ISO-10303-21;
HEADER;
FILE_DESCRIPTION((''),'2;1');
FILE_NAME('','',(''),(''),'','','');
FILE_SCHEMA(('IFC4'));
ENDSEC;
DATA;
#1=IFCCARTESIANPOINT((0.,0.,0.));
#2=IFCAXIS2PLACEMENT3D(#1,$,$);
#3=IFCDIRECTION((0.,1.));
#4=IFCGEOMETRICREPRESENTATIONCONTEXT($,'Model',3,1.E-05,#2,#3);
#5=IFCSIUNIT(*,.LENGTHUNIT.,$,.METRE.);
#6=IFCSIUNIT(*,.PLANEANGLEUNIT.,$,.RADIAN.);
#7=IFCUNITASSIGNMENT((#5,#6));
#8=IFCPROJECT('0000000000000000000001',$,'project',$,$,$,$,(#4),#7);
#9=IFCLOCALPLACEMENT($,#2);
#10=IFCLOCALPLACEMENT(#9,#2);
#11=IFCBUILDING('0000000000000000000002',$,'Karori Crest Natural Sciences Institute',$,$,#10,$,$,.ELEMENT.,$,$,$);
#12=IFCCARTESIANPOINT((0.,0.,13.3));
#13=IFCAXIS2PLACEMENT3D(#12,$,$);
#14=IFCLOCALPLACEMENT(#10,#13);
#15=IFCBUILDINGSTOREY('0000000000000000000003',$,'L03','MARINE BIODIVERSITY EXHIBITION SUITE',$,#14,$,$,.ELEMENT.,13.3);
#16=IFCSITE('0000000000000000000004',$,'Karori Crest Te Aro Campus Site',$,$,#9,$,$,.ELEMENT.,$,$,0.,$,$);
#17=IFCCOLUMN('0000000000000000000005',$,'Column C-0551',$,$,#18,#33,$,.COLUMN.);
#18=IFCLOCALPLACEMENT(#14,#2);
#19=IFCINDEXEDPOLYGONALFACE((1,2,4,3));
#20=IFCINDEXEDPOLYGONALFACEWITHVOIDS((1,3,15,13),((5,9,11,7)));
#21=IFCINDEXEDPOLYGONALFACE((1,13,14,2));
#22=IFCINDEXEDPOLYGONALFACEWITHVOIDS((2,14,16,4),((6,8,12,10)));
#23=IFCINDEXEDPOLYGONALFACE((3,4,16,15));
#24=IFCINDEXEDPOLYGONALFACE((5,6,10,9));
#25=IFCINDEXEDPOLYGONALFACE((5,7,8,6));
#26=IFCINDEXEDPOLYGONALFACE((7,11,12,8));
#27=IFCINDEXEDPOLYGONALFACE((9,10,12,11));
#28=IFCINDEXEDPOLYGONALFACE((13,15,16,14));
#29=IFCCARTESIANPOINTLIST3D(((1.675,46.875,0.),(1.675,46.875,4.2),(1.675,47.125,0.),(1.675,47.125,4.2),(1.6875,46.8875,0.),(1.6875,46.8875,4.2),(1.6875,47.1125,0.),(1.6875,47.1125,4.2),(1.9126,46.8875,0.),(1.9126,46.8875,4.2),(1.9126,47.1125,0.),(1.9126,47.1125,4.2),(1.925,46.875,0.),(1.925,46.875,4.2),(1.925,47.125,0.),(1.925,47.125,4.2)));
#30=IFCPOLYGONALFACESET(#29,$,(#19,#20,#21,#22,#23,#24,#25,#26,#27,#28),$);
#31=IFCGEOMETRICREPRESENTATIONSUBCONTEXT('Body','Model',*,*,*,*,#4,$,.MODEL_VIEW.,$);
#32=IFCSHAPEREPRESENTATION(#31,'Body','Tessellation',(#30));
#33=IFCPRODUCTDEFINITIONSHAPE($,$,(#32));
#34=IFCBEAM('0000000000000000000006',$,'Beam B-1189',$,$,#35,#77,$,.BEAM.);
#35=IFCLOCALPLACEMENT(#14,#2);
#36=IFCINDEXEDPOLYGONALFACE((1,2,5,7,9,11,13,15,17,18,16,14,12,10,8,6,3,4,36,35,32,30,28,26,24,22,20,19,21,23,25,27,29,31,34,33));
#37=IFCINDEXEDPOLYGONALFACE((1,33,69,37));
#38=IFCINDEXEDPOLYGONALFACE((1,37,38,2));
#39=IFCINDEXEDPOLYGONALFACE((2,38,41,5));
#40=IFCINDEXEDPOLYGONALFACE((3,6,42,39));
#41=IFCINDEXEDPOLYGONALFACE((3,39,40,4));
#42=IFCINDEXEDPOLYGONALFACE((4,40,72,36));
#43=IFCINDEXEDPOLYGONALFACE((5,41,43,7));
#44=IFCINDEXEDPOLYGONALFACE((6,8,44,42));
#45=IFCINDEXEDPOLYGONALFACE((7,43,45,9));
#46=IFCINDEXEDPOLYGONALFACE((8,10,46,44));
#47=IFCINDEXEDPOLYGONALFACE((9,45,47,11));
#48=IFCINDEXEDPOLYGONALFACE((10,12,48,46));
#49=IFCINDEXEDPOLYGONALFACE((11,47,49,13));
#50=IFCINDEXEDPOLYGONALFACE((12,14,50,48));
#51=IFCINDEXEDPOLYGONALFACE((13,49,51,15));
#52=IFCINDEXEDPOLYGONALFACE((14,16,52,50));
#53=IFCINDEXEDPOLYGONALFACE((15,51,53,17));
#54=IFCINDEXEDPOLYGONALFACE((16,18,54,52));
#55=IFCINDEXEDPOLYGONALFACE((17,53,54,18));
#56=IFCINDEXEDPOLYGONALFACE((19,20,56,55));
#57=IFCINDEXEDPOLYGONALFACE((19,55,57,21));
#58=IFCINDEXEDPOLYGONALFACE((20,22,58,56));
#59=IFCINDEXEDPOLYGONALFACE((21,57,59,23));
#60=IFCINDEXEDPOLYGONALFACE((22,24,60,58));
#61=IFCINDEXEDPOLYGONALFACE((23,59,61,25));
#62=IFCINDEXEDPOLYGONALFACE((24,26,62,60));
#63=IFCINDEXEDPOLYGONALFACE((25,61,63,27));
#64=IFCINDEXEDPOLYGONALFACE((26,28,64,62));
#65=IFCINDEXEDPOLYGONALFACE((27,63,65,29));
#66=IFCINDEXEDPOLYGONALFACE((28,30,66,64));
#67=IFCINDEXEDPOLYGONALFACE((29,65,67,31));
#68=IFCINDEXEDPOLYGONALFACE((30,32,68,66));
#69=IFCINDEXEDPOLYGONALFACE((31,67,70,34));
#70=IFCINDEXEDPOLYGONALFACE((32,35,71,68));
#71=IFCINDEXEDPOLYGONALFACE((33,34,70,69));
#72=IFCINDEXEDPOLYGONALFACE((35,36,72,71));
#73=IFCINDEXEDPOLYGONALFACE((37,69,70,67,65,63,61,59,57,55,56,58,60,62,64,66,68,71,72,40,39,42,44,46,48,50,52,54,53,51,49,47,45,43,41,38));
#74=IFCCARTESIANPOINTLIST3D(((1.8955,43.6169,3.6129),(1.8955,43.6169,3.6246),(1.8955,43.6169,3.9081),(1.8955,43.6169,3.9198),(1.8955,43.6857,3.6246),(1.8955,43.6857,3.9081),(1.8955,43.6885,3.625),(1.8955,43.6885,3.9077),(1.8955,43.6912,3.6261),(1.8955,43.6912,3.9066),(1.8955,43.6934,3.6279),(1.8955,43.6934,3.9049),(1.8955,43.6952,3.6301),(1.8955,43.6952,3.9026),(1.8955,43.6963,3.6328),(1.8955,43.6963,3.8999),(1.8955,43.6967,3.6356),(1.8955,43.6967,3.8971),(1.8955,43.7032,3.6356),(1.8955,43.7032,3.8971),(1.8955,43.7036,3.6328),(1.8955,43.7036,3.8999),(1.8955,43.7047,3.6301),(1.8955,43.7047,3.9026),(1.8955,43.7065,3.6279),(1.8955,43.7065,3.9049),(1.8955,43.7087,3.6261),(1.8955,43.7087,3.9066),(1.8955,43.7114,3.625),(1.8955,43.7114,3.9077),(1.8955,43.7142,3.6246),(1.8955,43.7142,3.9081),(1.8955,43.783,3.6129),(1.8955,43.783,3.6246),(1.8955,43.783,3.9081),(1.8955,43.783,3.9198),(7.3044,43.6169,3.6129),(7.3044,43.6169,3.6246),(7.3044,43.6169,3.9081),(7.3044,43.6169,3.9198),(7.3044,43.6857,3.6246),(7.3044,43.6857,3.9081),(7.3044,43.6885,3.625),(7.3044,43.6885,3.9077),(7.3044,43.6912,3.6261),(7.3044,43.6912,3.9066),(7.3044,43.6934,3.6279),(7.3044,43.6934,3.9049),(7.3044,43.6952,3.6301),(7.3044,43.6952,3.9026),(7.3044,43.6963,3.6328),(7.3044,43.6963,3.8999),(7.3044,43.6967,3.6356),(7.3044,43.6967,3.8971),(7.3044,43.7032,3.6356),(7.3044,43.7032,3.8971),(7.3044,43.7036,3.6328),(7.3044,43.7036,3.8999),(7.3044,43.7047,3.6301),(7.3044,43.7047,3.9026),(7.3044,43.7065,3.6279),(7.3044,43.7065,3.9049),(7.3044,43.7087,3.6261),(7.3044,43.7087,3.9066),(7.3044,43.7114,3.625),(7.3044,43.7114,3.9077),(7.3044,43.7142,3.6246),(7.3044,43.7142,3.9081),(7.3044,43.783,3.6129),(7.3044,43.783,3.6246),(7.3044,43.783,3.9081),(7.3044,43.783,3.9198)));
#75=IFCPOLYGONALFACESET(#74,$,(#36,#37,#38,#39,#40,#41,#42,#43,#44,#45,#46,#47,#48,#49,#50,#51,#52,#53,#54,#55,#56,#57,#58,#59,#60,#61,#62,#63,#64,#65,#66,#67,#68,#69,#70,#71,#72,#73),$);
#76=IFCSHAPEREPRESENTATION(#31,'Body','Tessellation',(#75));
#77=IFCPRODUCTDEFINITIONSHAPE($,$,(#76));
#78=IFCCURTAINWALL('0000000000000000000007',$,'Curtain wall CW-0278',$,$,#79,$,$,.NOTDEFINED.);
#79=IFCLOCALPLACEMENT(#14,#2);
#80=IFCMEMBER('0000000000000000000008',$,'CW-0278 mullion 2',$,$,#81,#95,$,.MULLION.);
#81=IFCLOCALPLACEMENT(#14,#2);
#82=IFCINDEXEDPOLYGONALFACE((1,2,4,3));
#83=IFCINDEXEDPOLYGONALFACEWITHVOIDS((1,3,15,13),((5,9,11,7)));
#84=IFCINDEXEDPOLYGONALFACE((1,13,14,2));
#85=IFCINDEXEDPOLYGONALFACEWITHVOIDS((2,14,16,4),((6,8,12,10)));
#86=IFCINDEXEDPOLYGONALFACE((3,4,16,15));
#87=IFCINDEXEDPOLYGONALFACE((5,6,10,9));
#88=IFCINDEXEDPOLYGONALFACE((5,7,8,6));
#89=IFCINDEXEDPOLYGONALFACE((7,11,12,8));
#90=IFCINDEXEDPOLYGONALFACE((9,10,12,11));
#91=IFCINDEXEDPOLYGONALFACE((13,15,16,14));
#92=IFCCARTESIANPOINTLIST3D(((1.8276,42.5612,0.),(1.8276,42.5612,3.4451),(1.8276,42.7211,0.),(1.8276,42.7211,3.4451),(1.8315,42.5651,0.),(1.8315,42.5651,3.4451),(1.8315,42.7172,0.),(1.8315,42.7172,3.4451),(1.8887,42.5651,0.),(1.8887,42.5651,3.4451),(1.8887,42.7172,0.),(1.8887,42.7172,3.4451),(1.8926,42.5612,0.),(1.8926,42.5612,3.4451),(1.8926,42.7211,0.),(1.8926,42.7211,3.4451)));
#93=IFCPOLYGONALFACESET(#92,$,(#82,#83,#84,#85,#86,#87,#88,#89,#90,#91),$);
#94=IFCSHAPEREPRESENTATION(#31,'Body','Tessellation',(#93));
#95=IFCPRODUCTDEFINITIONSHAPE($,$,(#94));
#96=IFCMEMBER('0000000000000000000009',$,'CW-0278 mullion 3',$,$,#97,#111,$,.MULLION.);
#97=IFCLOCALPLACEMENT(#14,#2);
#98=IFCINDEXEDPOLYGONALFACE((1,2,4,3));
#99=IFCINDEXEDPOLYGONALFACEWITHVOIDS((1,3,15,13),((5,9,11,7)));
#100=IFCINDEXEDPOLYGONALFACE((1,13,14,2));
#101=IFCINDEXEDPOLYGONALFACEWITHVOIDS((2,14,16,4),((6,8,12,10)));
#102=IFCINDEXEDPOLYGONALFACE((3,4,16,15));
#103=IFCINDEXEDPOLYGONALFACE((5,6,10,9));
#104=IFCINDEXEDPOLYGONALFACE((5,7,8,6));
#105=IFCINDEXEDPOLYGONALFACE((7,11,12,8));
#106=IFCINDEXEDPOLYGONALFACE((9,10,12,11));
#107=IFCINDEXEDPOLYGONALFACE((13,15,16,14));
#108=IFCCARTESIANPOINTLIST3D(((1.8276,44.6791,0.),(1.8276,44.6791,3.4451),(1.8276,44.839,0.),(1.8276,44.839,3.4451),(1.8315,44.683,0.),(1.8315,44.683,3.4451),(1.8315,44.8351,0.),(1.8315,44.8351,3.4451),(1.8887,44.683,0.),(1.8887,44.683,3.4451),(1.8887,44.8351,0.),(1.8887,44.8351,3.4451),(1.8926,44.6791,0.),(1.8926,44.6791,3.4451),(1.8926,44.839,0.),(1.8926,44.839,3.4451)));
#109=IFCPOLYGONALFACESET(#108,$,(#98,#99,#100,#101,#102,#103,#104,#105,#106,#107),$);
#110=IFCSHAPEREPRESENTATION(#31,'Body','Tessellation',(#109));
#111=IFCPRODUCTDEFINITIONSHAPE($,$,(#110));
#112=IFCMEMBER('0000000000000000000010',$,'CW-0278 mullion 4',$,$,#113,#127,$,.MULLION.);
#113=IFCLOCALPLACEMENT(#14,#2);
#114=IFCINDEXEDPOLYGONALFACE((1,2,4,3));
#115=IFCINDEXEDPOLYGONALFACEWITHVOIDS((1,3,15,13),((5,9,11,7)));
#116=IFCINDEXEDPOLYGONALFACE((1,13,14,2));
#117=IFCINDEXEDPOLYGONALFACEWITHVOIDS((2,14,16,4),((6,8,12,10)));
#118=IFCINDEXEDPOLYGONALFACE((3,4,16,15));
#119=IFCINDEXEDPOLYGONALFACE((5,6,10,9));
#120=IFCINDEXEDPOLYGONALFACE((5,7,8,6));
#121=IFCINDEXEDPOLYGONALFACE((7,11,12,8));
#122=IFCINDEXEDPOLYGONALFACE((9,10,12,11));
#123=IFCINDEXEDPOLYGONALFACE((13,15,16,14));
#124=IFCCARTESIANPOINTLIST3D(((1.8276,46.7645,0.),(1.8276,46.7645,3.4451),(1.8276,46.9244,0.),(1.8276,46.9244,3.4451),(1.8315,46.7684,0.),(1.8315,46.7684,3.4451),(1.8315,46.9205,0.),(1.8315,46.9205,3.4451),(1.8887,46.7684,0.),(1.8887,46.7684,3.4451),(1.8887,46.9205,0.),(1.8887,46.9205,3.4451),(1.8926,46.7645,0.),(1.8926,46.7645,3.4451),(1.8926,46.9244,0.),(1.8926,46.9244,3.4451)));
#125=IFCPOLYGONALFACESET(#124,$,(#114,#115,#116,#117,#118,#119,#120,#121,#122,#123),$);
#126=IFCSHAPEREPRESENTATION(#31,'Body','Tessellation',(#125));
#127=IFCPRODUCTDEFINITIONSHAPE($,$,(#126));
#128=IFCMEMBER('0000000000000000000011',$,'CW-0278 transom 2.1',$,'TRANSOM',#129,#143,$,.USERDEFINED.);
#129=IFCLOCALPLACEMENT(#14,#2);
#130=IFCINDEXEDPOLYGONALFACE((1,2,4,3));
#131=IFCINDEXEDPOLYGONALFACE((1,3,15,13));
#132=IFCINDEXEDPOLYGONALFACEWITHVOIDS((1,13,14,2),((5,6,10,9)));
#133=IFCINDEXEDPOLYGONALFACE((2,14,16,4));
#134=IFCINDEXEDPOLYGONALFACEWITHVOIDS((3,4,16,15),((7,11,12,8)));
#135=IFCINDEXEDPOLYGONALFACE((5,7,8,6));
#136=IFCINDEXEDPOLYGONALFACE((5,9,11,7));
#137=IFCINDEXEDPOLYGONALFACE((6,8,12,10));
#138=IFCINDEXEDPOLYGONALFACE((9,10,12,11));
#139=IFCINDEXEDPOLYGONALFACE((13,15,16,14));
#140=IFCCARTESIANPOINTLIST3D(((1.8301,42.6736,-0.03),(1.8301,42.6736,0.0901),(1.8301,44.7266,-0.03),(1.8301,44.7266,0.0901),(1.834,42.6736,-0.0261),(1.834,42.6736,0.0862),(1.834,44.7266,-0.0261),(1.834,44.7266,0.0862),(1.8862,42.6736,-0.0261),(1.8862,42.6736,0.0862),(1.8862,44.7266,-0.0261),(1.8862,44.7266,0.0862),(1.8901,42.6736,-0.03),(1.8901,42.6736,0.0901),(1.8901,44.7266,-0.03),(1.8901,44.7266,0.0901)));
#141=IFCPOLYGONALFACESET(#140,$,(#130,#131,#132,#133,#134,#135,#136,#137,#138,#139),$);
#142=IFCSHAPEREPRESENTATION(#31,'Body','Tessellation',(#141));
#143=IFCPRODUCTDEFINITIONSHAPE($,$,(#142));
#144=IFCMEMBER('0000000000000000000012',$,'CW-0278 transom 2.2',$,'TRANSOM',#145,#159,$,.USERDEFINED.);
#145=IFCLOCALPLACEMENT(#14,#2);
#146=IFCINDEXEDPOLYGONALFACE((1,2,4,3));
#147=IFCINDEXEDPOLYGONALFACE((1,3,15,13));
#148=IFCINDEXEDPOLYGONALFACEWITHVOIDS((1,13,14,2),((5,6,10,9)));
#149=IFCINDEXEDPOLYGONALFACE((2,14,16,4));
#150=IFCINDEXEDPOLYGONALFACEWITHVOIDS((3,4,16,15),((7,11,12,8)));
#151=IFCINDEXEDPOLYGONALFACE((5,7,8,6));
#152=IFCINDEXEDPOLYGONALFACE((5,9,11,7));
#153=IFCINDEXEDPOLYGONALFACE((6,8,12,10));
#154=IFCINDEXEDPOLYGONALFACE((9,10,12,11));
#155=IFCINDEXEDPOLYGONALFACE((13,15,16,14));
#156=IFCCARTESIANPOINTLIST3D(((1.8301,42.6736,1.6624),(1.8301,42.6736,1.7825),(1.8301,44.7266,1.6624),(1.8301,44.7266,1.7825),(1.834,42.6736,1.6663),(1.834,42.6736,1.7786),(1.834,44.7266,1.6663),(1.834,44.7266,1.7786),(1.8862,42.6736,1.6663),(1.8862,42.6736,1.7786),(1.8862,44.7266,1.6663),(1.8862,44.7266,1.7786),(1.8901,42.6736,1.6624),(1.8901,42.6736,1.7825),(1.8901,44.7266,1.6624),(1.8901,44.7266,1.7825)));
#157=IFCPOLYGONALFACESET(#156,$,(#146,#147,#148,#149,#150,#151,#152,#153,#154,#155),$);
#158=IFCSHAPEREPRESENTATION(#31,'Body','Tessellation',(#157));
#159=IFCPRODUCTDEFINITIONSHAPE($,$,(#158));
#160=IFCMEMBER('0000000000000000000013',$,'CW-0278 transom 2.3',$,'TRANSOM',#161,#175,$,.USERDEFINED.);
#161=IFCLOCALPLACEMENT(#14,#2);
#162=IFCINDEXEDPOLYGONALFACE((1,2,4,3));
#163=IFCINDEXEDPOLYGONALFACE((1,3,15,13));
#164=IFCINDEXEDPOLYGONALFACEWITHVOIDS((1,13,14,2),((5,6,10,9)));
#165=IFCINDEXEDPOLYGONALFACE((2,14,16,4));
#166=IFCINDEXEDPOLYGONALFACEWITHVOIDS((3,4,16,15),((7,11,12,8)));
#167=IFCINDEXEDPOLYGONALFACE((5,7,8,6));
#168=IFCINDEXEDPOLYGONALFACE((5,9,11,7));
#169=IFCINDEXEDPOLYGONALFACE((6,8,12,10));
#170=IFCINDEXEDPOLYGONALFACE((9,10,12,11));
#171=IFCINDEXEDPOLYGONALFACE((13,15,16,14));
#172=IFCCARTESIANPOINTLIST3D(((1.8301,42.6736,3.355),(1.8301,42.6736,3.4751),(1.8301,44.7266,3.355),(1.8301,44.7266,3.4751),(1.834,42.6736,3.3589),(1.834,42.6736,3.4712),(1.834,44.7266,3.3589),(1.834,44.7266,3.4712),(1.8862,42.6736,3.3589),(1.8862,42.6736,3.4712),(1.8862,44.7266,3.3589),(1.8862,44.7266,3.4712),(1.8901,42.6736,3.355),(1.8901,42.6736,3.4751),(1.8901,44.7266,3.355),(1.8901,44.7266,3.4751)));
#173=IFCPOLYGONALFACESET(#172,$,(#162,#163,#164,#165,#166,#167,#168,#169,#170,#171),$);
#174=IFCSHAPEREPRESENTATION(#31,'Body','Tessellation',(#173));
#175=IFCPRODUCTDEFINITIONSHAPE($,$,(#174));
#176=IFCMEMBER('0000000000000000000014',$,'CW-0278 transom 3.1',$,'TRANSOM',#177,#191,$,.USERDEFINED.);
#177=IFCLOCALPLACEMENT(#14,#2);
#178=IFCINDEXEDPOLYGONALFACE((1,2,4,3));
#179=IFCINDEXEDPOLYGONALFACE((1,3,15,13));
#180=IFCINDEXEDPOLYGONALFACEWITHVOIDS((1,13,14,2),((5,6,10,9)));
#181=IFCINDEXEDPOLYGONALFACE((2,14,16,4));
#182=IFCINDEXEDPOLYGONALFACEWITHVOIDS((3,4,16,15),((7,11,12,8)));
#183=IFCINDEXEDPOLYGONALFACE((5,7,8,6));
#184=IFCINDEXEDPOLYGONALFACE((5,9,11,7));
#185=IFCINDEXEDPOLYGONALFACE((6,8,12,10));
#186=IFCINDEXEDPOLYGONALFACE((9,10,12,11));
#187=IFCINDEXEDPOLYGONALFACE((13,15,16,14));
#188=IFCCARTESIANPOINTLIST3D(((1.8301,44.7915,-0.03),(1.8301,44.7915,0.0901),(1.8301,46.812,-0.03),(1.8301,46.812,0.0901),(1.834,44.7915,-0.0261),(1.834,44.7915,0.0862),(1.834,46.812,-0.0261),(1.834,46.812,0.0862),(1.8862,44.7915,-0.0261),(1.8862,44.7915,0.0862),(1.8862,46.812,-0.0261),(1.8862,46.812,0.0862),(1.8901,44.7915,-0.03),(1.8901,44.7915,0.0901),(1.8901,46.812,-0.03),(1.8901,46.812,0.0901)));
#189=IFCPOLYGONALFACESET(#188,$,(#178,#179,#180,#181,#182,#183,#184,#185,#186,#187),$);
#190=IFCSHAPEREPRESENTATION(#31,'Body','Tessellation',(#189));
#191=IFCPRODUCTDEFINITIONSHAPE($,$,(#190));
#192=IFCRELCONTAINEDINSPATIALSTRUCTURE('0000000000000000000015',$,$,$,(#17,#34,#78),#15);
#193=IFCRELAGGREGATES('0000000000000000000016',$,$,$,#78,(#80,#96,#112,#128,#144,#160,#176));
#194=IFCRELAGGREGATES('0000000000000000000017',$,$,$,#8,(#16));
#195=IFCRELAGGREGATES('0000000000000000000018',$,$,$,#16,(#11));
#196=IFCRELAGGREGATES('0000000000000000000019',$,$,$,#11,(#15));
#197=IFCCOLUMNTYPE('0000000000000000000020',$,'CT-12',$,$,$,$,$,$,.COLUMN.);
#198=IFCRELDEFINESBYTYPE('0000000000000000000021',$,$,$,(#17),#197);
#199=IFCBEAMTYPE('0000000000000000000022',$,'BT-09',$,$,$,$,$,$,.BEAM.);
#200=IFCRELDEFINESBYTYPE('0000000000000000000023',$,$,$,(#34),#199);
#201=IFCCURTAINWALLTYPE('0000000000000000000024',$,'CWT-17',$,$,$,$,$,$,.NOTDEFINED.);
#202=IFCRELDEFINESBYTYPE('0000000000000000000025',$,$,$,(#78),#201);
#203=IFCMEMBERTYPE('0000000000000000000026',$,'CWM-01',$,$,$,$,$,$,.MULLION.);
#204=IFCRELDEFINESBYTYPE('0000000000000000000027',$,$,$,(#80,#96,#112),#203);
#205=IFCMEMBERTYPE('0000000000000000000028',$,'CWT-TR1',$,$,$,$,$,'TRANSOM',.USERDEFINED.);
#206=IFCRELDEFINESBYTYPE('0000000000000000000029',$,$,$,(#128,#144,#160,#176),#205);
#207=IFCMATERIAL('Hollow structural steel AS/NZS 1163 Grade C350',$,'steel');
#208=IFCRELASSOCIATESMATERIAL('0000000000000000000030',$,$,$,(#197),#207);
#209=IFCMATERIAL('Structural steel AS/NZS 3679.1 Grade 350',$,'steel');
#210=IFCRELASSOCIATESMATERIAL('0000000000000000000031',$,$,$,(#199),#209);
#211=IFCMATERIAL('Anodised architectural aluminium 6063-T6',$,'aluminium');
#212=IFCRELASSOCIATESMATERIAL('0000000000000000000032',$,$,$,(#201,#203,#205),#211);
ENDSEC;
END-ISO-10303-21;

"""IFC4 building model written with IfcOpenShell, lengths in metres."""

from ifc_helpers import new_model, si_unit, direction, frame, origin, origin_2d, place, context, subcontext, project, spatial, hollow_rectangle, i_section, extrude, material, material_profile, profile_set, type_object, element, aggregate, save


model = new_model("IFC4")

# Units and contexts
model_context = context("Model", 3, precision=1e-05, world=origin(), true_north=direction((0.0, 1.0)))
body_context = subcontext(model_context, "Body", "Model", "MODEL_VIEW")
ifc_project = project(units=[si_unit("LENGTHUNIT", "METRE"), si_unit("PLANEANGLEUNIT", "RADIAN")], contexts=[model_context])

# Site, building, storey
site_placement = place(None, origin())
site = spatial("IfcSite", under=ifc_project, at=site_placement, Name="Karori Crest Te Aro Campus Site", CompositionType="ELEMENT", RefElevation=0.0)
building_placement = place(site_placement, origin())
building = spatial("IfcBuilding", under=site, at=building_placement, Name="Karori Crest Natural Sciences Institute", CompositionType="ELEMENT")
storey_placement = place(building_placement, frame((0.0, 0.0, 13.3)))
storey = spatial("IfcBuildingStorey", under=building, at=storey_placement, Name="L03", Description="MARINE BIODIVERSITY EXHIBITION SUITE", CompositionType="ELEMENT", Elevation=13.3)

# Column
ifc_material_1 = material(Name="Hollow structural steel AS/NZS 1163 Grade C350", Category="steel")
ifc_material_profile_1 = material_profile(ifc_material_1, hollow_rectangle(XDim=0.25, YDim=0.25, WallThickness=0.0125, at=origin_2d()), Name="SHS250x250x12.5")
ifc_profile_set_1 = profile_set([ifc_material_profile_1], Name="Hollow structural steel AS/NZS 1163 Grade C350")
column_type = type_object("IfcColumnType", Name="CT-12", PredefinedType="COLUMN", material=ifc_profile_set_1)
column_placement = place(storey_placement, frame((1.8, 47.0, 0.0), z_axis=(0.0, 0.0, 1.0), x_axis=(1.0, 0.0, 0.0)))
element("IfcColumn", 1, at=column_placement, inside=storey, type_object=column_type, Name="Column C-0551", PredefinedType="COLUMN", context=body_context, shape_type="SweptSolid", body=[
    extrude(hollow_rectangle(XDim=0.25, YDim=0.25, WallThickness=0.0125, at=origin_2d()), origin(), (0.0, 0.0, 1.0), 4.2),
])

# Beam
ifc_material_2 = material(Name="Structural steel AS/NZS 3679.1 Grade 350", Category="steel")
ifc_material_profile_2 = material_profile(ifc_material_2, i_section(OverallWidth=0.166, OverallDepth=0.3069, WebThickness=0.0066, FlangeThickness=0.0117, FilletRadius=0.011, at=origin_2d()), Name="310UB46.2")
ifc_profile_set_2 = profile_set([ifc_material_profile_2], Name="Structural steel AS/NZS 3679.1 Grade 350")
beam_type = type_object("IfcBeamType", Name="BT-09", PredefinedType="BEAM", material=ifc_profile_set_2)
beam_placement = place(storey_placement, frame((1.8955, 43.7, 3.7664), z_axis=(1.0, 0.0, 0.0), x_axis=(0.0, 1.0, 0.0)))
element("IfcBeam", 2, at=beam_placement, inside=storey, type_object=beam_type, Name="Beam B-1189", PredefinedType="BEAM", context=body_context, shape_type="SweptSolid", body=[
    extrude(i_section(OverallWidth=0.166, OverallDepth=0.3069, WebThickness=0.0066, FlangeThickness=0.0117, FilletRadius=0.011, at=origin_2d()), origin(), (0.0, 0.0, 1.0), 5.4089),
])

# Curtain wall, members
ifc_material_3 = material(Name="Anodised architectural aluminium 6063-T6", Category="aluminium")
curtain_wall_type = type_object("IfcCurtainWallType", Name="CWT-17", PredefinedType="NOTDEFINED", material=ifc_material_3)
curtain_wall_placement = place(storey_placement, origin())
curtain_wall = element("IfcCurtainWall", 3, at=curtain_wall_placement, inside=storey, type_object=curtain_wall_type, Name="Curtain wall CW-0278", PredefinedType="NOTDEFINED")
ifc_material_profile_3 = material_profile(ifc_material_3, hollow_rectangle(XDim=0.0649, YDim=0.1599, WallThickness=0.0039, at=origin_2d()), Name="CWM160x65x4")
ifc_profile_set_3 = profile_set([ifc_material_profile_3], Name="Anodised architectural aluminium 6063-T6")
member_type_1 = type_object("IfcMemberType", Name="CWM-01", PredefinedType="MULLION", material=ifc_profile_set_3)
member_1_placement = place(storey_placement, frame((1.8601, 42.6411, 0.0), z_axis=(0.0, 0.0, 1.0), x_axis=(-1.0, 0.0, 0.0)))
member_1 = element("IfcMember", 4, at=member_1_placement, type_object=member_type_1, Name="CW-0278 mullion 2", PredefinedType="MULLION", context=body_context, shape_type="SweptSolid", body=[
    extrude(hollow_rectangle(XDim=0.0649, YDim=0.1599, WallThickness=0.0039, at=origin_2d()), origin(), (0.0, 0.0, 1.0), 3.4451),
])
member_2_placement = place(storey_placement, frame((1.8601, 44.759, 0.0), z_axis=(0.0, 0.0, 1.0), x_axis=(-1.0, 0.0, 0.0)))
member_2 = element("IfcMember", 5, at=member_2_placement, type_object=member_type_1, Name="CW-0278 mullion 3", PredefinedType="MULLION", context=body_context, shape_type="SweptSolid", body=[
    extrude(hollow_rectangle(XDim=0.0649, YDim=0.1599, WallThickness=0.0039, at=origin_2d()), origin(), (0.0, 0.0, 1.0), 3.4451),
])
member_3_placement = place(storey_placement, frame((1.8601, 46.8445, 0.0), z_axis=(0.0, 0.0, 1.0), x_axis=(-1.0, 0.0, 0.0)))
member_3 = element("IfcMember", 6, at=member_3_placement, type_object=member_type_1, Name="CW-0278 mullion 4", PredefinedType="MULLION", context=body_context, shape_type="SweptSolid", body=[
    extrude(hollow_rectangle(XDim=0.0649, YDim=0.1599, WallThickness=0.0039, at=origin_2d()), origin(), (0.0, 0.0, 1.0), 3.4451),
])
ifc_material_profile_4 = material_profile(ifc_material_3, hollow_rectangle(XDim=0.0601, YDim=0.1201, WallThickness=0.0039, at=origin_2d()), Name="CWT120x60x4")
ifc_profile_set_4 = profile_set([ifc_material_profile_4], Name="Anodised architectural aluminium 6063-T6")
member_type_2 = type_object("IfcMemberType", Name="CWT-TR1", ElementType="TRANSOM", PredefinedType="USERDEFINED", material=ifc_profile_set_4)
member_4_placement = place(storey_placement, frame((1.8601, 42.6736, 0.03), z_axis=(0.0, 1.0, 0.0), x_axis=(-1.0, 0.0, 0.0)))
member_4 = element("IfcMember", 7, at=member_4_placement, type_object=member_type_2, Name="CW-0278 transom 2.1", ObjectType="TRANSOM", PredefinedType="USERDEFINED", context=body_context, shape_type="SweptSolid", body=[
    extrude(hollow_rectangle(XDim=0.0601, YDim=0.1201, WallThickness=0.0039, at=origin_2d()), origin(), (0.0, 0.0, 1.0), 2.053),
])
member_5_placement = place(storey_placement, frame((1.8601, 42.6736, 1.7224), z_axis=(0.0, 1.0, 0.0), x_axis=(-1.0, 0.0, 0.0)))
member_5 = element("IfcMember", 8, at=member_5_placement, type_object=member_type_2, Name="CW-0278 transom 2.2", ObjectType="TRANSOM", PredefinedType="USERDEFINED", context=body_context, shape_type="SweptSolid", body=[
    extrude(hollow_rectangle(XDim=0.0601, YDim=0.1201, WallThickness=0.0039, at=origin_2d()), origin(), (0.0, 0.0, 1.0), 2.053),
])
member_6_placement = place(storey_placement, frame((1.8601, 42.6736, 3.415), z_axis=(0.0, 1.0, 0.0), x_axis=(-1.0, 0.0, 0.0)))
member_6 = element("IfcMember", 9, at=member_6_placement, type_object=member_type_2, Name="CW-0278 transom 2.3", ObjectType="TRANSOM", PredefinedType="USERDEFINED", context=body_context, shape_type="SweptSolid", body=[
    extrude(hollow_rectangle(XDim=0.0601, YDim=0.1201, WallThickness=0.0039, at=origin_2d()), origin(), (0.0, 0.0, 1.0), 2.053),
])
member_7_placement = place(storey_placement, frame((1.8601, 44.7915, 0.03), z_axis=(0.0, 1.0, 0.0), x_axis=(-1.0, 0.0, 0.0)))
member_7 = element("IfcMember", 10, at=member_7_placement, type_object=member_type_2, Name="CW-0278 transom 3.1", ObjectType="TRANSOM", PredefinedType="USERDEFINED", context=body_context, shape_type="SweptSolid", body=[
    extrude(hollow_rectangle(XDim=0.0601, YDim=0.1201, WallThickness=0.0039, at=origin_2d()), origin(), (0.0, 0.0, 1.0), 2.0205),
])
aggregate(curtain_wall, [member_1, member_2, member_3, member_4, member_5, member_6, member_7])

save(model, "model.ifc")
